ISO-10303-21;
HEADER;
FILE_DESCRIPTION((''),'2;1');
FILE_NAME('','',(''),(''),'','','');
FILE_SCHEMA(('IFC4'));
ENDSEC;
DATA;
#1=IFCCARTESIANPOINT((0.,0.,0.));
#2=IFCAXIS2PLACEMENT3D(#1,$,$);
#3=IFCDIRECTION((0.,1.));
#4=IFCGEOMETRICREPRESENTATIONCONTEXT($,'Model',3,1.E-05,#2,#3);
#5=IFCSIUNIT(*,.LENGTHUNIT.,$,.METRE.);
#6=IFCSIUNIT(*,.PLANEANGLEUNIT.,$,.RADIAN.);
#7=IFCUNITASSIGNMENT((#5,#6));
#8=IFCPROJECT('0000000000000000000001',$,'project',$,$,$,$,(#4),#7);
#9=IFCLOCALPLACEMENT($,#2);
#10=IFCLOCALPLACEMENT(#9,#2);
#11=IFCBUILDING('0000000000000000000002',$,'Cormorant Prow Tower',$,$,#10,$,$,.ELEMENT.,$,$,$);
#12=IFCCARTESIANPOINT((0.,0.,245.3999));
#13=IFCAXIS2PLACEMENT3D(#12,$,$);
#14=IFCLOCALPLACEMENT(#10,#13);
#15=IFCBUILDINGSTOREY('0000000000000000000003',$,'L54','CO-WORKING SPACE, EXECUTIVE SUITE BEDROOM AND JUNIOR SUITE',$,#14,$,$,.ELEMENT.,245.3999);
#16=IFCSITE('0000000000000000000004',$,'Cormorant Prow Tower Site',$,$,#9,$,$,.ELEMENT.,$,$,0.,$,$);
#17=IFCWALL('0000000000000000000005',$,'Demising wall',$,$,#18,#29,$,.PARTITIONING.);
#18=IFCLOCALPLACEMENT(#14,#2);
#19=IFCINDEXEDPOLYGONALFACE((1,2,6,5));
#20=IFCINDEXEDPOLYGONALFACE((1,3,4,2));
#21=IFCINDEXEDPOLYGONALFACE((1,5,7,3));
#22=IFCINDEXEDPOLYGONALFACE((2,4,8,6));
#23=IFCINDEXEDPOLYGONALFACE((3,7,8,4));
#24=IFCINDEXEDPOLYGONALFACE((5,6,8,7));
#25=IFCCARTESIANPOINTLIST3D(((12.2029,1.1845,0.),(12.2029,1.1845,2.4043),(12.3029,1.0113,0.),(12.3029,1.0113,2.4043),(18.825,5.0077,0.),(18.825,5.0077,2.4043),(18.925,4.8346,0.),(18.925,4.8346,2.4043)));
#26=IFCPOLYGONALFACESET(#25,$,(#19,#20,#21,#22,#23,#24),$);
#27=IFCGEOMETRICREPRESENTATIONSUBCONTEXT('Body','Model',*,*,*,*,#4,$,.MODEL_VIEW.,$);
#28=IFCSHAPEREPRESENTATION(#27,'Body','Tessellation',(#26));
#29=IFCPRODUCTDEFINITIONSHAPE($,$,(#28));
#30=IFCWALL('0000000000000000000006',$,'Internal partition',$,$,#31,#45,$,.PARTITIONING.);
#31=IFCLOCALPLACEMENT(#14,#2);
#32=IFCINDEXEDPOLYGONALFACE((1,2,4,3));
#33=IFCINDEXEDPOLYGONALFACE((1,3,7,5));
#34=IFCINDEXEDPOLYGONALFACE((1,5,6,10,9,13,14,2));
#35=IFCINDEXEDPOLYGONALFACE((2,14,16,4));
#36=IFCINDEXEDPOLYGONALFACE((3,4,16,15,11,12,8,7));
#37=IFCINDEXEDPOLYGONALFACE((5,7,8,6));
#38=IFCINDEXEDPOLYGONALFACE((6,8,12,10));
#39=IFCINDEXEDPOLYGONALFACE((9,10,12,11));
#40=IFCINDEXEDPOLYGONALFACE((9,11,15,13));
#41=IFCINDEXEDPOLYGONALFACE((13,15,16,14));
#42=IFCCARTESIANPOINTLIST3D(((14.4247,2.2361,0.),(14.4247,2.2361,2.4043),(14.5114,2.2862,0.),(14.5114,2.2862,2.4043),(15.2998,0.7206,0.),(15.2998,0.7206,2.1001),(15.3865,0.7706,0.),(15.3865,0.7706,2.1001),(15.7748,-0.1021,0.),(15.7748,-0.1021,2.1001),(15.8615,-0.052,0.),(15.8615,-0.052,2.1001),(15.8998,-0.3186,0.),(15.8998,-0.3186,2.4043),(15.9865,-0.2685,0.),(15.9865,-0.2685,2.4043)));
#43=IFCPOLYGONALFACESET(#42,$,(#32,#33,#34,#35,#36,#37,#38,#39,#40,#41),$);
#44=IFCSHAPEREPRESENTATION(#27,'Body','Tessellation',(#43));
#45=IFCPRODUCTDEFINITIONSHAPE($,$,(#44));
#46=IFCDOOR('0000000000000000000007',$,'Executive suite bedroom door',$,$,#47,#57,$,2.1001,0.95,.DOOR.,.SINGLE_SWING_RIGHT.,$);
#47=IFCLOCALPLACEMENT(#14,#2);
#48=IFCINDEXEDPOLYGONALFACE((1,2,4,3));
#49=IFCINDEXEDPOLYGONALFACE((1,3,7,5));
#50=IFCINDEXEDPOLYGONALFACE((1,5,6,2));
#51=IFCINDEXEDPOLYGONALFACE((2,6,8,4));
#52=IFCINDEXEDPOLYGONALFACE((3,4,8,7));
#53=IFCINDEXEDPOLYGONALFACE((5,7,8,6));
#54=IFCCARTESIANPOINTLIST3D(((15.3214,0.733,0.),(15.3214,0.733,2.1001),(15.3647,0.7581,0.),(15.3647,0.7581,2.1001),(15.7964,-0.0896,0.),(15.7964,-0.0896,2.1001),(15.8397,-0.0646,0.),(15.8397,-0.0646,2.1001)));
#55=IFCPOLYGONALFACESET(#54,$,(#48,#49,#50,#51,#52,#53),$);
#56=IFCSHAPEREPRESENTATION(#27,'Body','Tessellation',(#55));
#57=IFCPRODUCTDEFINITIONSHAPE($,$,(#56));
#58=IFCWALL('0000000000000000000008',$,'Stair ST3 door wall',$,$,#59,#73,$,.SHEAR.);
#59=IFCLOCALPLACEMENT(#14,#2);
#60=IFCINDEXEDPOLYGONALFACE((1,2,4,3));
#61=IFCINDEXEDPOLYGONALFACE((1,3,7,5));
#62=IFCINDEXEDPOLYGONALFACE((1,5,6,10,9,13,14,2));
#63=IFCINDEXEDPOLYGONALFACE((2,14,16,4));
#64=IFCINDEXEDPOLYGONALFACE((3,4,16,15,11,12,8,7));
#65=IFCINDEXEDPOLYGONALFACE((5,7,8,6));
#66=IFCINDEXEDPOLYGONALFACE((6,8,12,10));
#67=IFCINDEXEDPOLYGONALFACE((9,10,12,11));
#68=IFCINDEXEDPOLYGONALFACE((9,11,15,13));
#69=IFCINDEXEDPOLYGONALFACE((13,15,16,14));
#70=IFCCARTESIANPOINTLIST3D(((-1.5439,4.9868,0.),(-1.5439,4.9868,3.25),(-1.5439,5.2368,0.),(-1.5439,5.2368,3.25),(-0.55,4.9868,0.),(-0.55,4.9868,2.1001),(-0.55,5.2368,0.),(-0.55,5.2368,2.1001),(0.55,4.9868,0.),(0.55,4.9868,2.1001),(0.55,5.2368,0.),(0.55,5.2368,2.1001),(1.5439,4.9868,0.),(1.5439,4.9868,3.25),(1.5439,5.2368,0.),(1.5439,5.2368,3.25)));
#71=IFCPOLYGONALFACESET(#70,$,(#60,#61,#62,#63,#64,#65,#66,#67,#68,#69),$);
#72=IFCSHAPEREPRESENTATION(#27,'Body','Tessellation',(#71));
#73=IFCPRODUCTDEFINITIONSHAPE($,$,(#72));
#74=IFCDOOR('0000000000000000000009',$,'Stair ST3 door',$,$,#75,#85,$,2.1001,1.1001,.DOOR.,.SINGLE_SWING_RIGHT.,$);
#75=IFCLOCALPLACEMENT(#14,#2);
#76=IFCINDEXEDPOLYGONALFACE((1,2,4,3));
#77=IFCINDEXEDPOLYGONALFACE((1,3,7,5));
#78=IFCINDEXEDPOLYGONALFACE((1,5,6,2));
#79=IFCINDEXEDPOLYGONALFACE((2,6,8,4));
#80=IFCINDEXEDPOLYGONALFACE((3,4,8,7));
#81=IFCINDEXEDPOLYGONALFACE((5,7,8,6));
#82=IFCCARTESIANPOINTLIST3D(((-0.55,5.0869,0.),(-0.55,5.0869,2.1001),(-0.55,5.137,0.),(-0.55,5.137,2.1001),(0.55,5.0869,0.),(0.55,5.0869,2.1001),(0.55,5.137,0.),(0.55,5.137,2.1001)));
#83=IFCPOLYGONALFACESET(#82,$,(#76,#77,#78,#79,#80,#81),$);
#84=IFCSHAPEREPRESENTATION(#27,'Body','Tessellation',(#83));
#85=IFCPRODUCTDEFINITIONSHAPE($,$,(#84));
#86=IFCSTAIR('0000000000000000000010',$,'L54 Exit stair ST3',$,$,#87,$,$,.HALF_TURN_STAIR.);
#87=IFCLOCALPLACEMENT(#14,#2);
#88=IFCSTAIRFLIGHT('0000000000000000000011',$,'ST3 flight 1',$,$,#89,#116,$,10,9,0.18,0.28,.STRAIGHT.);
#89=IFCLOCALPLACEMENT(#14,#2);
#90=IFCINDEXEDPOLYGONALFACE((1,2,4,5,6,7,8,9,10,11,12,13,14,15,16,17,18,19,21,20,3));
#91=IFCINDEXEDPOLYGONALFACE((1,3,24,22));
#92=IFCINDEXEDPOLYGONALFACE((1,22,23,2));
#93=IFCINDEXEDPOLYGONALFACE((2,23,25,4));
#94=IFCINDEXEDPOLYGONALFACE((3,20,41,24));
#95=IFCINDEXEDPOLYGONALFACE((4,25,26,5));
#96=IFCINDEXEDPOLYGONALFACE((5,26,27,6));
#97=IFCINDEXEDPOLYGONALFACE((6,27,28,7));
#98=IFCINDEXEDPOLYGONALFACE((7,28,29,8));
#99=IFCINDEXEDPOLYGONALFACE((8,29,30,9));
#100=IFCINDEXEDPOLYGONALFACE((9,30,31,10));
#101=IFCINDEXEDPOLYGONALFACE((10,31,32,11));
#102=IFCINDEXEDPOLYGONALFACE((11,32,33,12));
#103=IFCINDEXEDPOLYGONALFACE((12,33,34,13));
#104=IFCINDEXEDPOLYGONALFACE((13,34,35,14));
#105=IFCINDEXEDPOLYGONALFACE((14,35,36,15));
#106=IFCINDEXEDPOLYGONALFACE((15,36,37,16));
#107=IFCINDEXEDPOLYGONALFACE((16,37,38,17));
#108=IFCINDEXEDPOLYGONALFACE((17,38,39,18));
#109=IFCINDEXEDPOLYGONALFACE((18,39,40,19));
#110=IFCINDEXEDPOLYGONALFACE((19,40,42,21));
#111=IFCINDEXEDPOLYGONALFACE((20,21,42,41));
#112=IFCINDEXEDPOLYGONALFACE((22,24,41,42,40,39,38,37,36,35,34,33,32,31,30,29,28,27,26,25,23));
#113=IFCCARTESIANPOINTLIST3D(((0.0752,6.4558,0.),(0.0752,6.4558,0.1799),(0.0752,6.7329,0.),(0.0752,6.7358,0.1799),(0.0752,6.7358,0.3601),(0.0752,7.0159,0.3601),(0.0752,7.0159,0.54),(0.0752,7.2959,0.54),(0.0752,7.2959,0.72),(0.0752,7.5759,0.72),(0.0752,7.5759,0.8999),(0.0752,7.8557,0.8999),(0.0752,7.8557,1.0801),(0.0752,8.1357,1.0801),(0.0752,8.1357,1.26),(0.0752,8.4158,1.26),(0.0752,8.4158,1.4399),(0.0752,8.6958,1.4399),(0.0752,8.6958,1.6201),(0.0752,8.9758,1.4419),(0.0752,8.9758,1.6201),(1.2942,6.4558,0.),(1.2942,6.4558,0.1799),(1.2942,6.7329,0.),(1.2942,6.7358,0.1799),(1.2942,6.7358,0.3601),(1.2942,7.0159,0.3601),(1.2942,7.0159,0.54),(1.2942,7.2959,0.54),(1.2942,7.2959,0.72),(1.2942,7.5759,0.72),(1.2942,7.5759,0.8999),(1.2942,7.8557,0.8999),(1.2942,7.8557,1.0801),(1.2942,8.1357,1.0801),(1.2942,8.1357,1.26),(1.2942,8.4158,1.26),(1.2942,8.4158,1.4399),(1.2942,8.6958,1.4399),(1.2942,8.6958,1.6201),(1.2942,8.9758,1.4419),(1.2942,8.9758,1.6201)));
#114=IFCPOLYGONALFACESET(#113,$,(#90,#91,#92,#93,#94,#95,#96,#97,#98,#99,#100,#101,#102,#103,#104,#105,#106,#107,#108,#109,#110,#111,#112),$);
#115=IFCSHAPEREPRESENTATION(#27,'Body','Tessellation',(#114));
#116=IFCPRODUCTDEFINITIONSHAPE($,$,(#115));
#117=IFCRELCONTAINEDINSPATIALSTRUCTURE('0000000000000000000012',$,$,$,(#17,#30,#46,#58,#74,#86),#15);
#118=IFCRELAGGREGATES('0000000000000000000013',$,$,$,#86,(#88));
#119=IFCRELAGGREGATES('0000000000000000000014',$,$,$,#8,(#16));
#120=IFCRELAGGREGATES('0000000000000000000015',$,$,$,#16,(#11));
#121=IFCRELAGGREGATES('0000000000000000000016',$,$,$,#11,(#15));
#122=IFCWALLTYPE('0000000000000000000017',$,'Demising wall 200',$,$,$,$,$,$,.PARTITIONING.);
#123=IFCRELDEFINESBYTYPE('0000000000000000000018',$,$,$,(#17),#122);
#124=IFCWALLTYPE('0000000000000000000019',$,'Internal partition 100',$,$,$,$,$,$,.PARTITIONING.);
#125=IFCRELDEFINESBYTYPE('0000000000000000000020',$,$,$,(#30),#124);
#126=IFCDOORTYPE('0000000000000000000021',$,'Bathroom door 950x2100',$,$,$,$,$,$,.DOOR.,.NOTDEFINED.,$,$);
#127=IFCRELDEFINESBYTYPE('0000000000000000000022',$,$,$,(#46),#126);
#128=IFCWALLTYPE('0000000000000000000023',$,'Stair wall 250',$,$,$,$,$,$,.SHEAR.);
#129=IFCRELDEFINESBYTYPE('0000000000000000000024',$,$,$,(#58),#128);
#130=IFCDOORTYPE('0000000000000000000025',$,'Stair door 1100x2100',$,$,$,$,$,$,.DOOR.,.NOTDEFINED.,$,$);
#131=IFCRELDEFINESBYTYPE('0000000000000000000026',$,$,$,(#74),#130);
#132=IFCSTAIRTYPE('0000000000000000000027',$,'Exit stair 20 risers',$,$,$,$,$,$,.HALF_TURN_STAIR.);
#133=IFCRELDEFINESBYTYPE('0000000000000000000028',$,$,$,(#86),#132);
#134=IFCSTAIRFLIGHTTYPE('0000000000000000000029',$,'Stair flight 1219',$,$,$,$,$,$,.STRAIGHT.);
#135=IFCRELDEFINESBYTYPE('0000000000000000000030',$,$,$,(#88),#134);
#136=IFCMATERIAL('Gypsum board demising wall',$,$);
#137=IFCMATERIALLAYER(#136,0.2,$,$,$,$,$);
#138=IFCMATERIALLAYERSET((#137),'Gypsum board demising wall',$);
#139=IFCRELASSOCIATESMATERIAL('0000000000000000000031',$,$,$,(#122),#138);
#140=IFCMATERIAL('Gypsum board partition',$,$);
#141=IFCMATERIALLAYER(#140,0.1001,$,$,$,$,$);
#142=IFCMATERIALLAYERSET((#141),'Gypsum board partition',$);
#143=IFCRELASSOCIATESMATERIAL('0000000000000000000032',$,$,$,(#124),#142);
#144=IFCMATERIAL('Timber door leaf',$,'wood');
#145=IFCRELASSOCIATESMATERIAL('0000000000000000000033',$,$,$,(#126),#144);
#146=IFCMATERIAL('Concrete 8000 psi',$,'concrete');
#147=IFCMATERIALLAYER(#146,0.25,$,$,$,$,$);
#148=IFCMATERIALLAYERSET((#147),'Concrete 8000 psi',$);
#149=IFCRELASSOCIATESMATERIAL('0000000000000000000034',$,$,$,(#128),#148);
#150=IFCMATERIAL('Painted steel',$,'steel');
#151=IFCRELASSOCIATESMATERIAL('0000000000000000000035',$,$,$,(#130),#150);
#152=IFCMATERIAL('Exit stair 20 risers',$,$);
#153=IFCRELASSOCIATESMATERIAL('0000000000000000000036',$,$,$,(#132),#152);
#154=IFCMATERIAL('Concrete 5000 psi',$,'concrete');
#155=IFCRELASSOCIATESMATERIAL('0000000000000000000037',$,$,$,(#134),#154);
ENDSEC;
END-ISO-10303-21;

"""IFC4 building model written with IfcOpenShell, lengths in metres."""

from ifc_helpers import new_model, si_unit, direction, frame, frame_2d, origin, place, context, subcontext, project, spatial, polyline, rectangle, outline, extrude, material, layer, layer_set, type_object, element, fill, aggregate, save


model = new_model("IFC4")

# Units and contexts
model_context = context("Model", 3, precision=1e-05, world=origin(), true_north=direction((0.0, 1.0)))
body_context = subcontext(model_context, "Body", "Model", "MODEL_VIEW")
ifc_project = project(units=[si_unit("LENGTHUNIT", "METRE"), si_unit("PLANEANGLEUNIT", "RADIAN")], contexts=[model_context])

# Site, building, storey
site_placement = place(None, origin())
site = spatial("IfcSite", under=ifc_project, at=site_placement, Name="Cormorant Prow Tower Site", CompositionType="ELEMENT", RefElevation=0.0)
building_placement = place(site_placement, origin())
building = spatial("IfcBuilding", under=site, at=building_placement, Name="Cormorant Prow Tower", CompositionType="ELEMENT")
storey_placement = place(building_placement, frame((0.0, 0.0, 245.3999)))
storey = spatial("IfcBuildingStorey", under=building, at=storey_placement, Name="L54", Description="CO-WORKING SPACE, EXECUTIVE SUITE BEDROOM AND JUNIOR SUITE", CompositionType="ELEMENT", Elevation=245.3999)

# Wall
ifc_material_1 = material(Name="Gypsum board demising wall")
ifc_layer_1 = layer(ifc_material_1, 0.2)
ifc_layer_set_1 = layer_set([ifc_layer_1], Name="Gypsum board demising wall")
wall_type_1 = type_object("IfcWallType", Name="Demising wall 200", PredefinedType="PARTITIONING", material=ifc_layer_set_1)
wall_1_placement = place(storey_placement, frame((12.2529, 1.0979, 0.0), z_axis=(0.0, 0.0, 1.0), x_axis=(0.866026, 0.499999, 0.0)))
element("IfcWall", 1, at=wall_1_placement, inside=storey, type_object=wall_type_1, Name="Demising wall", PredefinedType="PARTITIONING", context=body_context, shape_type="SweptSolid", body=[
    extrude(rectangle(XDim=7.6465, YDim=0.2, at=frame_2d((3.8232, 0.0))), origin(), (0.0, 0.0, 1.0), 2.4043),
])

# Walls, openings, doors
ifc_material_2 = material(Name="Gypsum board partition")
ifc_layer_2 = layer(ifc_material_2, 0.1001)
ifc_layer_set_2 = layer_set([ifc_layer_2], Name="Gypsum board partition")
wall_type_2 = type_object("IfcWallType", Name="Internal partition 100", PredefinedType="PARTITIONING", material=ifc_layer_set_2)
wall_2_placement = place(storey_placement, frame((14.468, 2.2612, 0.0), z_axis=(0.0, 0.0, 1.0), x_axis=(0.500038, -0.866004, 0.0)))
wall_2 = element("IfcWall", 2, at=wall_2_placement, inside=storey, type_object=wall_type_2, Name="Internal partition", PredefinedType="PARTITIONING", context=body_context, shape_type="SweptSolid", body=[
    extrude(rectangle(XDim=2.95, YDim=0.1001, at=frame_2d((1.4751, 0.0))), origin(), (0.0, 0.0, 1.0), 2.4043),
])
opening_1_placement = place(wall_2_placement, frame((1.75, 0.0, 0.0)))
opening_1 = element("IfcOpeningElement", 3, at=opening_1_placement, cuts=wall_2, PredefinedType="OPENING", context=body_context, shape_type="SweptSolid", body=[
    extrude(rectangle(XDim=0.95, YDim=2.1001, at=frame_2d((0.4751, 1.05))), frame((0.0, 0.0601, 0.0), z_axis=(0.0, -1.0, 0.0), x_axis=(1.0, 0.0, 0.0)), (0.0, 0.0, 1.0), 0.1201),
])
ifc_material_3 = material(Name="Timber door leaf", Category="wood")
door_type_1 = type_object("IfcDoorType", Name="Bathroom door 950x2100", OperationType="NOTDEFINED", PredefinedType="DOOR", material=ifc_material_3)
door_1_placement = place(opening_1_placement, origin())
door_1 = element("IfcDoor", 4, at=door_1_placement, inside=storey, type_object=door_type_1, Name="Executive suite bedroom door", OperationType="SINGLE_SWING_RIGHT", OverallHeight=2.1001, OverallWidth=0.95, PredefinedType="DOOR", context=body_context, shape_type="SweptSolid", body=[
    extrude(rectangle(XDim=0.95, YDim=2.1001, at=frame_2d((0.4751, 1.05))), frame((0.0, 0.0249, 0.0), z_axis=(0.0, -1.0, 0.0), x_axis=(1.0, 0.0, 0.0)), (0.0, 0.0, 1.0), 0.05),
])
fill(opening_1, door_1)
ifc_material_4 = material(Name="Concrete 8000 psi", Category="concrete")
ifc_layer_3 = layer(ifc_material_4, 0.25)
ifc_layer_set_3 = layer_set([ifc_layer_3], Name="Concrete 8000 psi")
wall_type_3 = type_object("IfcWallType", Name="Stair wall 250", PredefinedType="SHEAR", material=ifc_layer_set_3)
wall_3_placement = place(storey_placement, frame((1.5439, 5.1118, 0.0), z_axis=(0.0, 0.0, 1.0), x_axis=(-1.0, 0.0, 0.0)))
wall_3 = element("IfcWall", 5, at=wall_3_placement, inside=storey, type_object=wall_type_3, Name="Stair ST3 door wall", PredefinedType="SHEAR", context=body_context, shape_type="SweptSolid", body=[
    extrude(rectangle(XDim=3.0879, YDim=0.25, at=frame_2d((1.5439, 0.0))), origin(), (0.0, 0.0, 1.0), 3.25),
])
opening_2_placement = place(wall_3_placement, frame((0.9939, 0.0, 0.0)))
opening_2 = element("IfcOpeningElement", 6, at=opening_2_placement, cuts=wall_3, PredefinedType="OPENING", context=body_context, shape_type="SweptSolid", body=[
    extrude(rectangle(XDim=1.1001, YDim=2.1001, at=frame_2d((0.55, 1.05))), frame((0.0, 0.135, 0.0), z_axis=(0.0, -1.0, 0.0), x_axis=(1.0, 0.0, 0.0)), (0.0, 0.0, 1.0), 0.27),
])
ifc_material_5 = material(Name="Painted steel", Category="steel")
door_type_2 = type_object("IfcDoorType", Name="Stair door 1100x2100", OperationType="NOTDEFINED", PredefinedType="DOOR", material=ifc_material_5)
door_2_placement = place(opening_2_placement, origin())
door_2 = element("IfcDoor", 7, at=door_2_placement, inside=storey, type_object=door_type_2, Name="Stair ST3 door", OperationType="SINGLE_SWING_RIGHT", OverallHeight=2.1001, OverallWidth=1.1001, PredefinedType="DOOR", context=body_context, shape_type="SweptSolid", body=[
    extrude(rectangle(XDim=1.1001, YDim=2.1001, at=frame_2d((0.55, 1.05))), frame((0.0, 0.0249, 0.0), z_axis=(0.0, -1.0, 0.0), x_axis=(1.0, 0.0, 0.0)), (0.0, 0.0, 1.0), 0.05),
])
fill(opening_2, door_2)

# Stair, stair flight
ifc_material_6 = material(Name="Exit stair 20 risers")
stair_type = type_object("IfcStairType", Name="Exit stair 20 risers", PredefinedType="HALF_TURN_STAIR", material=ifc_material_6)
stair_placement = place(storey_placement, origin())
stair = element("IfcStair", 8, at=stair_placement, inside=storey, type_object=stair_type, Name="L54 Exit stair ST3", PredefinedType="HALF_TURN_STAIR")
ifc_material_7 = material(Name="Concrete 5000 psi", Category="concrete")
stair_flight_type = type_object("IfcStairFlightType", Name="Stair flight 1219", PredefinedType="STRAIGHT", material=ifc_material_7)
stair_flight_placement = place(storey_placement, frame((0.6846, 6.4558, 0.0), z_axis=(0.0, 0.0, 1.0), x_axis=(0.0, 1.0, 0.0)))
stair_flight = element("IfcStairFlight", 9, at=stair_flight_placement, type_object=stair_flight_type, Name="ST3 flight 1", NumberOfRisers=10, NumberOfTreads=9, PredefinedType="STRAIGHT", RiserHeight=0.18, TreadLength=0.28, context=body_context, shape_type="SweptSolid", body=[
    extrude(outline(polyline([(0.0, 0.0), (0.0, 0.1799), (0.28, 0.1799), (0.28, 0.3601), (0.5601, 0.3601), (0.5601, 0.54), (0.8401, 0.54), (0.8401, 0.72), (1.1201, 0.72), (1.1201, 0.8999), (1.3999, 0.8999), (1.3999, 1.0801), (1.6799, 1.0801), (1.6799, 1.26), (1.96, 1.26), (1.96, 1.4399), (2.24, 1.4399), (2.24, 1.6201), (2.52, 1.6201), (2.52, 1.8), (2.52, 1.4419), (0.2771, 0.0), (0.0, 0.0)])), frame((0.0, 0.6094, 0.0), z_axis=(0.0, -1.0, 0.0), x_axis=(1.0, 0.0, 0.0)), (0.0, 0.0, 1.0), 1.219),
])
aggregate(stair, [stair_flight])

save(model, "model.ifc")
